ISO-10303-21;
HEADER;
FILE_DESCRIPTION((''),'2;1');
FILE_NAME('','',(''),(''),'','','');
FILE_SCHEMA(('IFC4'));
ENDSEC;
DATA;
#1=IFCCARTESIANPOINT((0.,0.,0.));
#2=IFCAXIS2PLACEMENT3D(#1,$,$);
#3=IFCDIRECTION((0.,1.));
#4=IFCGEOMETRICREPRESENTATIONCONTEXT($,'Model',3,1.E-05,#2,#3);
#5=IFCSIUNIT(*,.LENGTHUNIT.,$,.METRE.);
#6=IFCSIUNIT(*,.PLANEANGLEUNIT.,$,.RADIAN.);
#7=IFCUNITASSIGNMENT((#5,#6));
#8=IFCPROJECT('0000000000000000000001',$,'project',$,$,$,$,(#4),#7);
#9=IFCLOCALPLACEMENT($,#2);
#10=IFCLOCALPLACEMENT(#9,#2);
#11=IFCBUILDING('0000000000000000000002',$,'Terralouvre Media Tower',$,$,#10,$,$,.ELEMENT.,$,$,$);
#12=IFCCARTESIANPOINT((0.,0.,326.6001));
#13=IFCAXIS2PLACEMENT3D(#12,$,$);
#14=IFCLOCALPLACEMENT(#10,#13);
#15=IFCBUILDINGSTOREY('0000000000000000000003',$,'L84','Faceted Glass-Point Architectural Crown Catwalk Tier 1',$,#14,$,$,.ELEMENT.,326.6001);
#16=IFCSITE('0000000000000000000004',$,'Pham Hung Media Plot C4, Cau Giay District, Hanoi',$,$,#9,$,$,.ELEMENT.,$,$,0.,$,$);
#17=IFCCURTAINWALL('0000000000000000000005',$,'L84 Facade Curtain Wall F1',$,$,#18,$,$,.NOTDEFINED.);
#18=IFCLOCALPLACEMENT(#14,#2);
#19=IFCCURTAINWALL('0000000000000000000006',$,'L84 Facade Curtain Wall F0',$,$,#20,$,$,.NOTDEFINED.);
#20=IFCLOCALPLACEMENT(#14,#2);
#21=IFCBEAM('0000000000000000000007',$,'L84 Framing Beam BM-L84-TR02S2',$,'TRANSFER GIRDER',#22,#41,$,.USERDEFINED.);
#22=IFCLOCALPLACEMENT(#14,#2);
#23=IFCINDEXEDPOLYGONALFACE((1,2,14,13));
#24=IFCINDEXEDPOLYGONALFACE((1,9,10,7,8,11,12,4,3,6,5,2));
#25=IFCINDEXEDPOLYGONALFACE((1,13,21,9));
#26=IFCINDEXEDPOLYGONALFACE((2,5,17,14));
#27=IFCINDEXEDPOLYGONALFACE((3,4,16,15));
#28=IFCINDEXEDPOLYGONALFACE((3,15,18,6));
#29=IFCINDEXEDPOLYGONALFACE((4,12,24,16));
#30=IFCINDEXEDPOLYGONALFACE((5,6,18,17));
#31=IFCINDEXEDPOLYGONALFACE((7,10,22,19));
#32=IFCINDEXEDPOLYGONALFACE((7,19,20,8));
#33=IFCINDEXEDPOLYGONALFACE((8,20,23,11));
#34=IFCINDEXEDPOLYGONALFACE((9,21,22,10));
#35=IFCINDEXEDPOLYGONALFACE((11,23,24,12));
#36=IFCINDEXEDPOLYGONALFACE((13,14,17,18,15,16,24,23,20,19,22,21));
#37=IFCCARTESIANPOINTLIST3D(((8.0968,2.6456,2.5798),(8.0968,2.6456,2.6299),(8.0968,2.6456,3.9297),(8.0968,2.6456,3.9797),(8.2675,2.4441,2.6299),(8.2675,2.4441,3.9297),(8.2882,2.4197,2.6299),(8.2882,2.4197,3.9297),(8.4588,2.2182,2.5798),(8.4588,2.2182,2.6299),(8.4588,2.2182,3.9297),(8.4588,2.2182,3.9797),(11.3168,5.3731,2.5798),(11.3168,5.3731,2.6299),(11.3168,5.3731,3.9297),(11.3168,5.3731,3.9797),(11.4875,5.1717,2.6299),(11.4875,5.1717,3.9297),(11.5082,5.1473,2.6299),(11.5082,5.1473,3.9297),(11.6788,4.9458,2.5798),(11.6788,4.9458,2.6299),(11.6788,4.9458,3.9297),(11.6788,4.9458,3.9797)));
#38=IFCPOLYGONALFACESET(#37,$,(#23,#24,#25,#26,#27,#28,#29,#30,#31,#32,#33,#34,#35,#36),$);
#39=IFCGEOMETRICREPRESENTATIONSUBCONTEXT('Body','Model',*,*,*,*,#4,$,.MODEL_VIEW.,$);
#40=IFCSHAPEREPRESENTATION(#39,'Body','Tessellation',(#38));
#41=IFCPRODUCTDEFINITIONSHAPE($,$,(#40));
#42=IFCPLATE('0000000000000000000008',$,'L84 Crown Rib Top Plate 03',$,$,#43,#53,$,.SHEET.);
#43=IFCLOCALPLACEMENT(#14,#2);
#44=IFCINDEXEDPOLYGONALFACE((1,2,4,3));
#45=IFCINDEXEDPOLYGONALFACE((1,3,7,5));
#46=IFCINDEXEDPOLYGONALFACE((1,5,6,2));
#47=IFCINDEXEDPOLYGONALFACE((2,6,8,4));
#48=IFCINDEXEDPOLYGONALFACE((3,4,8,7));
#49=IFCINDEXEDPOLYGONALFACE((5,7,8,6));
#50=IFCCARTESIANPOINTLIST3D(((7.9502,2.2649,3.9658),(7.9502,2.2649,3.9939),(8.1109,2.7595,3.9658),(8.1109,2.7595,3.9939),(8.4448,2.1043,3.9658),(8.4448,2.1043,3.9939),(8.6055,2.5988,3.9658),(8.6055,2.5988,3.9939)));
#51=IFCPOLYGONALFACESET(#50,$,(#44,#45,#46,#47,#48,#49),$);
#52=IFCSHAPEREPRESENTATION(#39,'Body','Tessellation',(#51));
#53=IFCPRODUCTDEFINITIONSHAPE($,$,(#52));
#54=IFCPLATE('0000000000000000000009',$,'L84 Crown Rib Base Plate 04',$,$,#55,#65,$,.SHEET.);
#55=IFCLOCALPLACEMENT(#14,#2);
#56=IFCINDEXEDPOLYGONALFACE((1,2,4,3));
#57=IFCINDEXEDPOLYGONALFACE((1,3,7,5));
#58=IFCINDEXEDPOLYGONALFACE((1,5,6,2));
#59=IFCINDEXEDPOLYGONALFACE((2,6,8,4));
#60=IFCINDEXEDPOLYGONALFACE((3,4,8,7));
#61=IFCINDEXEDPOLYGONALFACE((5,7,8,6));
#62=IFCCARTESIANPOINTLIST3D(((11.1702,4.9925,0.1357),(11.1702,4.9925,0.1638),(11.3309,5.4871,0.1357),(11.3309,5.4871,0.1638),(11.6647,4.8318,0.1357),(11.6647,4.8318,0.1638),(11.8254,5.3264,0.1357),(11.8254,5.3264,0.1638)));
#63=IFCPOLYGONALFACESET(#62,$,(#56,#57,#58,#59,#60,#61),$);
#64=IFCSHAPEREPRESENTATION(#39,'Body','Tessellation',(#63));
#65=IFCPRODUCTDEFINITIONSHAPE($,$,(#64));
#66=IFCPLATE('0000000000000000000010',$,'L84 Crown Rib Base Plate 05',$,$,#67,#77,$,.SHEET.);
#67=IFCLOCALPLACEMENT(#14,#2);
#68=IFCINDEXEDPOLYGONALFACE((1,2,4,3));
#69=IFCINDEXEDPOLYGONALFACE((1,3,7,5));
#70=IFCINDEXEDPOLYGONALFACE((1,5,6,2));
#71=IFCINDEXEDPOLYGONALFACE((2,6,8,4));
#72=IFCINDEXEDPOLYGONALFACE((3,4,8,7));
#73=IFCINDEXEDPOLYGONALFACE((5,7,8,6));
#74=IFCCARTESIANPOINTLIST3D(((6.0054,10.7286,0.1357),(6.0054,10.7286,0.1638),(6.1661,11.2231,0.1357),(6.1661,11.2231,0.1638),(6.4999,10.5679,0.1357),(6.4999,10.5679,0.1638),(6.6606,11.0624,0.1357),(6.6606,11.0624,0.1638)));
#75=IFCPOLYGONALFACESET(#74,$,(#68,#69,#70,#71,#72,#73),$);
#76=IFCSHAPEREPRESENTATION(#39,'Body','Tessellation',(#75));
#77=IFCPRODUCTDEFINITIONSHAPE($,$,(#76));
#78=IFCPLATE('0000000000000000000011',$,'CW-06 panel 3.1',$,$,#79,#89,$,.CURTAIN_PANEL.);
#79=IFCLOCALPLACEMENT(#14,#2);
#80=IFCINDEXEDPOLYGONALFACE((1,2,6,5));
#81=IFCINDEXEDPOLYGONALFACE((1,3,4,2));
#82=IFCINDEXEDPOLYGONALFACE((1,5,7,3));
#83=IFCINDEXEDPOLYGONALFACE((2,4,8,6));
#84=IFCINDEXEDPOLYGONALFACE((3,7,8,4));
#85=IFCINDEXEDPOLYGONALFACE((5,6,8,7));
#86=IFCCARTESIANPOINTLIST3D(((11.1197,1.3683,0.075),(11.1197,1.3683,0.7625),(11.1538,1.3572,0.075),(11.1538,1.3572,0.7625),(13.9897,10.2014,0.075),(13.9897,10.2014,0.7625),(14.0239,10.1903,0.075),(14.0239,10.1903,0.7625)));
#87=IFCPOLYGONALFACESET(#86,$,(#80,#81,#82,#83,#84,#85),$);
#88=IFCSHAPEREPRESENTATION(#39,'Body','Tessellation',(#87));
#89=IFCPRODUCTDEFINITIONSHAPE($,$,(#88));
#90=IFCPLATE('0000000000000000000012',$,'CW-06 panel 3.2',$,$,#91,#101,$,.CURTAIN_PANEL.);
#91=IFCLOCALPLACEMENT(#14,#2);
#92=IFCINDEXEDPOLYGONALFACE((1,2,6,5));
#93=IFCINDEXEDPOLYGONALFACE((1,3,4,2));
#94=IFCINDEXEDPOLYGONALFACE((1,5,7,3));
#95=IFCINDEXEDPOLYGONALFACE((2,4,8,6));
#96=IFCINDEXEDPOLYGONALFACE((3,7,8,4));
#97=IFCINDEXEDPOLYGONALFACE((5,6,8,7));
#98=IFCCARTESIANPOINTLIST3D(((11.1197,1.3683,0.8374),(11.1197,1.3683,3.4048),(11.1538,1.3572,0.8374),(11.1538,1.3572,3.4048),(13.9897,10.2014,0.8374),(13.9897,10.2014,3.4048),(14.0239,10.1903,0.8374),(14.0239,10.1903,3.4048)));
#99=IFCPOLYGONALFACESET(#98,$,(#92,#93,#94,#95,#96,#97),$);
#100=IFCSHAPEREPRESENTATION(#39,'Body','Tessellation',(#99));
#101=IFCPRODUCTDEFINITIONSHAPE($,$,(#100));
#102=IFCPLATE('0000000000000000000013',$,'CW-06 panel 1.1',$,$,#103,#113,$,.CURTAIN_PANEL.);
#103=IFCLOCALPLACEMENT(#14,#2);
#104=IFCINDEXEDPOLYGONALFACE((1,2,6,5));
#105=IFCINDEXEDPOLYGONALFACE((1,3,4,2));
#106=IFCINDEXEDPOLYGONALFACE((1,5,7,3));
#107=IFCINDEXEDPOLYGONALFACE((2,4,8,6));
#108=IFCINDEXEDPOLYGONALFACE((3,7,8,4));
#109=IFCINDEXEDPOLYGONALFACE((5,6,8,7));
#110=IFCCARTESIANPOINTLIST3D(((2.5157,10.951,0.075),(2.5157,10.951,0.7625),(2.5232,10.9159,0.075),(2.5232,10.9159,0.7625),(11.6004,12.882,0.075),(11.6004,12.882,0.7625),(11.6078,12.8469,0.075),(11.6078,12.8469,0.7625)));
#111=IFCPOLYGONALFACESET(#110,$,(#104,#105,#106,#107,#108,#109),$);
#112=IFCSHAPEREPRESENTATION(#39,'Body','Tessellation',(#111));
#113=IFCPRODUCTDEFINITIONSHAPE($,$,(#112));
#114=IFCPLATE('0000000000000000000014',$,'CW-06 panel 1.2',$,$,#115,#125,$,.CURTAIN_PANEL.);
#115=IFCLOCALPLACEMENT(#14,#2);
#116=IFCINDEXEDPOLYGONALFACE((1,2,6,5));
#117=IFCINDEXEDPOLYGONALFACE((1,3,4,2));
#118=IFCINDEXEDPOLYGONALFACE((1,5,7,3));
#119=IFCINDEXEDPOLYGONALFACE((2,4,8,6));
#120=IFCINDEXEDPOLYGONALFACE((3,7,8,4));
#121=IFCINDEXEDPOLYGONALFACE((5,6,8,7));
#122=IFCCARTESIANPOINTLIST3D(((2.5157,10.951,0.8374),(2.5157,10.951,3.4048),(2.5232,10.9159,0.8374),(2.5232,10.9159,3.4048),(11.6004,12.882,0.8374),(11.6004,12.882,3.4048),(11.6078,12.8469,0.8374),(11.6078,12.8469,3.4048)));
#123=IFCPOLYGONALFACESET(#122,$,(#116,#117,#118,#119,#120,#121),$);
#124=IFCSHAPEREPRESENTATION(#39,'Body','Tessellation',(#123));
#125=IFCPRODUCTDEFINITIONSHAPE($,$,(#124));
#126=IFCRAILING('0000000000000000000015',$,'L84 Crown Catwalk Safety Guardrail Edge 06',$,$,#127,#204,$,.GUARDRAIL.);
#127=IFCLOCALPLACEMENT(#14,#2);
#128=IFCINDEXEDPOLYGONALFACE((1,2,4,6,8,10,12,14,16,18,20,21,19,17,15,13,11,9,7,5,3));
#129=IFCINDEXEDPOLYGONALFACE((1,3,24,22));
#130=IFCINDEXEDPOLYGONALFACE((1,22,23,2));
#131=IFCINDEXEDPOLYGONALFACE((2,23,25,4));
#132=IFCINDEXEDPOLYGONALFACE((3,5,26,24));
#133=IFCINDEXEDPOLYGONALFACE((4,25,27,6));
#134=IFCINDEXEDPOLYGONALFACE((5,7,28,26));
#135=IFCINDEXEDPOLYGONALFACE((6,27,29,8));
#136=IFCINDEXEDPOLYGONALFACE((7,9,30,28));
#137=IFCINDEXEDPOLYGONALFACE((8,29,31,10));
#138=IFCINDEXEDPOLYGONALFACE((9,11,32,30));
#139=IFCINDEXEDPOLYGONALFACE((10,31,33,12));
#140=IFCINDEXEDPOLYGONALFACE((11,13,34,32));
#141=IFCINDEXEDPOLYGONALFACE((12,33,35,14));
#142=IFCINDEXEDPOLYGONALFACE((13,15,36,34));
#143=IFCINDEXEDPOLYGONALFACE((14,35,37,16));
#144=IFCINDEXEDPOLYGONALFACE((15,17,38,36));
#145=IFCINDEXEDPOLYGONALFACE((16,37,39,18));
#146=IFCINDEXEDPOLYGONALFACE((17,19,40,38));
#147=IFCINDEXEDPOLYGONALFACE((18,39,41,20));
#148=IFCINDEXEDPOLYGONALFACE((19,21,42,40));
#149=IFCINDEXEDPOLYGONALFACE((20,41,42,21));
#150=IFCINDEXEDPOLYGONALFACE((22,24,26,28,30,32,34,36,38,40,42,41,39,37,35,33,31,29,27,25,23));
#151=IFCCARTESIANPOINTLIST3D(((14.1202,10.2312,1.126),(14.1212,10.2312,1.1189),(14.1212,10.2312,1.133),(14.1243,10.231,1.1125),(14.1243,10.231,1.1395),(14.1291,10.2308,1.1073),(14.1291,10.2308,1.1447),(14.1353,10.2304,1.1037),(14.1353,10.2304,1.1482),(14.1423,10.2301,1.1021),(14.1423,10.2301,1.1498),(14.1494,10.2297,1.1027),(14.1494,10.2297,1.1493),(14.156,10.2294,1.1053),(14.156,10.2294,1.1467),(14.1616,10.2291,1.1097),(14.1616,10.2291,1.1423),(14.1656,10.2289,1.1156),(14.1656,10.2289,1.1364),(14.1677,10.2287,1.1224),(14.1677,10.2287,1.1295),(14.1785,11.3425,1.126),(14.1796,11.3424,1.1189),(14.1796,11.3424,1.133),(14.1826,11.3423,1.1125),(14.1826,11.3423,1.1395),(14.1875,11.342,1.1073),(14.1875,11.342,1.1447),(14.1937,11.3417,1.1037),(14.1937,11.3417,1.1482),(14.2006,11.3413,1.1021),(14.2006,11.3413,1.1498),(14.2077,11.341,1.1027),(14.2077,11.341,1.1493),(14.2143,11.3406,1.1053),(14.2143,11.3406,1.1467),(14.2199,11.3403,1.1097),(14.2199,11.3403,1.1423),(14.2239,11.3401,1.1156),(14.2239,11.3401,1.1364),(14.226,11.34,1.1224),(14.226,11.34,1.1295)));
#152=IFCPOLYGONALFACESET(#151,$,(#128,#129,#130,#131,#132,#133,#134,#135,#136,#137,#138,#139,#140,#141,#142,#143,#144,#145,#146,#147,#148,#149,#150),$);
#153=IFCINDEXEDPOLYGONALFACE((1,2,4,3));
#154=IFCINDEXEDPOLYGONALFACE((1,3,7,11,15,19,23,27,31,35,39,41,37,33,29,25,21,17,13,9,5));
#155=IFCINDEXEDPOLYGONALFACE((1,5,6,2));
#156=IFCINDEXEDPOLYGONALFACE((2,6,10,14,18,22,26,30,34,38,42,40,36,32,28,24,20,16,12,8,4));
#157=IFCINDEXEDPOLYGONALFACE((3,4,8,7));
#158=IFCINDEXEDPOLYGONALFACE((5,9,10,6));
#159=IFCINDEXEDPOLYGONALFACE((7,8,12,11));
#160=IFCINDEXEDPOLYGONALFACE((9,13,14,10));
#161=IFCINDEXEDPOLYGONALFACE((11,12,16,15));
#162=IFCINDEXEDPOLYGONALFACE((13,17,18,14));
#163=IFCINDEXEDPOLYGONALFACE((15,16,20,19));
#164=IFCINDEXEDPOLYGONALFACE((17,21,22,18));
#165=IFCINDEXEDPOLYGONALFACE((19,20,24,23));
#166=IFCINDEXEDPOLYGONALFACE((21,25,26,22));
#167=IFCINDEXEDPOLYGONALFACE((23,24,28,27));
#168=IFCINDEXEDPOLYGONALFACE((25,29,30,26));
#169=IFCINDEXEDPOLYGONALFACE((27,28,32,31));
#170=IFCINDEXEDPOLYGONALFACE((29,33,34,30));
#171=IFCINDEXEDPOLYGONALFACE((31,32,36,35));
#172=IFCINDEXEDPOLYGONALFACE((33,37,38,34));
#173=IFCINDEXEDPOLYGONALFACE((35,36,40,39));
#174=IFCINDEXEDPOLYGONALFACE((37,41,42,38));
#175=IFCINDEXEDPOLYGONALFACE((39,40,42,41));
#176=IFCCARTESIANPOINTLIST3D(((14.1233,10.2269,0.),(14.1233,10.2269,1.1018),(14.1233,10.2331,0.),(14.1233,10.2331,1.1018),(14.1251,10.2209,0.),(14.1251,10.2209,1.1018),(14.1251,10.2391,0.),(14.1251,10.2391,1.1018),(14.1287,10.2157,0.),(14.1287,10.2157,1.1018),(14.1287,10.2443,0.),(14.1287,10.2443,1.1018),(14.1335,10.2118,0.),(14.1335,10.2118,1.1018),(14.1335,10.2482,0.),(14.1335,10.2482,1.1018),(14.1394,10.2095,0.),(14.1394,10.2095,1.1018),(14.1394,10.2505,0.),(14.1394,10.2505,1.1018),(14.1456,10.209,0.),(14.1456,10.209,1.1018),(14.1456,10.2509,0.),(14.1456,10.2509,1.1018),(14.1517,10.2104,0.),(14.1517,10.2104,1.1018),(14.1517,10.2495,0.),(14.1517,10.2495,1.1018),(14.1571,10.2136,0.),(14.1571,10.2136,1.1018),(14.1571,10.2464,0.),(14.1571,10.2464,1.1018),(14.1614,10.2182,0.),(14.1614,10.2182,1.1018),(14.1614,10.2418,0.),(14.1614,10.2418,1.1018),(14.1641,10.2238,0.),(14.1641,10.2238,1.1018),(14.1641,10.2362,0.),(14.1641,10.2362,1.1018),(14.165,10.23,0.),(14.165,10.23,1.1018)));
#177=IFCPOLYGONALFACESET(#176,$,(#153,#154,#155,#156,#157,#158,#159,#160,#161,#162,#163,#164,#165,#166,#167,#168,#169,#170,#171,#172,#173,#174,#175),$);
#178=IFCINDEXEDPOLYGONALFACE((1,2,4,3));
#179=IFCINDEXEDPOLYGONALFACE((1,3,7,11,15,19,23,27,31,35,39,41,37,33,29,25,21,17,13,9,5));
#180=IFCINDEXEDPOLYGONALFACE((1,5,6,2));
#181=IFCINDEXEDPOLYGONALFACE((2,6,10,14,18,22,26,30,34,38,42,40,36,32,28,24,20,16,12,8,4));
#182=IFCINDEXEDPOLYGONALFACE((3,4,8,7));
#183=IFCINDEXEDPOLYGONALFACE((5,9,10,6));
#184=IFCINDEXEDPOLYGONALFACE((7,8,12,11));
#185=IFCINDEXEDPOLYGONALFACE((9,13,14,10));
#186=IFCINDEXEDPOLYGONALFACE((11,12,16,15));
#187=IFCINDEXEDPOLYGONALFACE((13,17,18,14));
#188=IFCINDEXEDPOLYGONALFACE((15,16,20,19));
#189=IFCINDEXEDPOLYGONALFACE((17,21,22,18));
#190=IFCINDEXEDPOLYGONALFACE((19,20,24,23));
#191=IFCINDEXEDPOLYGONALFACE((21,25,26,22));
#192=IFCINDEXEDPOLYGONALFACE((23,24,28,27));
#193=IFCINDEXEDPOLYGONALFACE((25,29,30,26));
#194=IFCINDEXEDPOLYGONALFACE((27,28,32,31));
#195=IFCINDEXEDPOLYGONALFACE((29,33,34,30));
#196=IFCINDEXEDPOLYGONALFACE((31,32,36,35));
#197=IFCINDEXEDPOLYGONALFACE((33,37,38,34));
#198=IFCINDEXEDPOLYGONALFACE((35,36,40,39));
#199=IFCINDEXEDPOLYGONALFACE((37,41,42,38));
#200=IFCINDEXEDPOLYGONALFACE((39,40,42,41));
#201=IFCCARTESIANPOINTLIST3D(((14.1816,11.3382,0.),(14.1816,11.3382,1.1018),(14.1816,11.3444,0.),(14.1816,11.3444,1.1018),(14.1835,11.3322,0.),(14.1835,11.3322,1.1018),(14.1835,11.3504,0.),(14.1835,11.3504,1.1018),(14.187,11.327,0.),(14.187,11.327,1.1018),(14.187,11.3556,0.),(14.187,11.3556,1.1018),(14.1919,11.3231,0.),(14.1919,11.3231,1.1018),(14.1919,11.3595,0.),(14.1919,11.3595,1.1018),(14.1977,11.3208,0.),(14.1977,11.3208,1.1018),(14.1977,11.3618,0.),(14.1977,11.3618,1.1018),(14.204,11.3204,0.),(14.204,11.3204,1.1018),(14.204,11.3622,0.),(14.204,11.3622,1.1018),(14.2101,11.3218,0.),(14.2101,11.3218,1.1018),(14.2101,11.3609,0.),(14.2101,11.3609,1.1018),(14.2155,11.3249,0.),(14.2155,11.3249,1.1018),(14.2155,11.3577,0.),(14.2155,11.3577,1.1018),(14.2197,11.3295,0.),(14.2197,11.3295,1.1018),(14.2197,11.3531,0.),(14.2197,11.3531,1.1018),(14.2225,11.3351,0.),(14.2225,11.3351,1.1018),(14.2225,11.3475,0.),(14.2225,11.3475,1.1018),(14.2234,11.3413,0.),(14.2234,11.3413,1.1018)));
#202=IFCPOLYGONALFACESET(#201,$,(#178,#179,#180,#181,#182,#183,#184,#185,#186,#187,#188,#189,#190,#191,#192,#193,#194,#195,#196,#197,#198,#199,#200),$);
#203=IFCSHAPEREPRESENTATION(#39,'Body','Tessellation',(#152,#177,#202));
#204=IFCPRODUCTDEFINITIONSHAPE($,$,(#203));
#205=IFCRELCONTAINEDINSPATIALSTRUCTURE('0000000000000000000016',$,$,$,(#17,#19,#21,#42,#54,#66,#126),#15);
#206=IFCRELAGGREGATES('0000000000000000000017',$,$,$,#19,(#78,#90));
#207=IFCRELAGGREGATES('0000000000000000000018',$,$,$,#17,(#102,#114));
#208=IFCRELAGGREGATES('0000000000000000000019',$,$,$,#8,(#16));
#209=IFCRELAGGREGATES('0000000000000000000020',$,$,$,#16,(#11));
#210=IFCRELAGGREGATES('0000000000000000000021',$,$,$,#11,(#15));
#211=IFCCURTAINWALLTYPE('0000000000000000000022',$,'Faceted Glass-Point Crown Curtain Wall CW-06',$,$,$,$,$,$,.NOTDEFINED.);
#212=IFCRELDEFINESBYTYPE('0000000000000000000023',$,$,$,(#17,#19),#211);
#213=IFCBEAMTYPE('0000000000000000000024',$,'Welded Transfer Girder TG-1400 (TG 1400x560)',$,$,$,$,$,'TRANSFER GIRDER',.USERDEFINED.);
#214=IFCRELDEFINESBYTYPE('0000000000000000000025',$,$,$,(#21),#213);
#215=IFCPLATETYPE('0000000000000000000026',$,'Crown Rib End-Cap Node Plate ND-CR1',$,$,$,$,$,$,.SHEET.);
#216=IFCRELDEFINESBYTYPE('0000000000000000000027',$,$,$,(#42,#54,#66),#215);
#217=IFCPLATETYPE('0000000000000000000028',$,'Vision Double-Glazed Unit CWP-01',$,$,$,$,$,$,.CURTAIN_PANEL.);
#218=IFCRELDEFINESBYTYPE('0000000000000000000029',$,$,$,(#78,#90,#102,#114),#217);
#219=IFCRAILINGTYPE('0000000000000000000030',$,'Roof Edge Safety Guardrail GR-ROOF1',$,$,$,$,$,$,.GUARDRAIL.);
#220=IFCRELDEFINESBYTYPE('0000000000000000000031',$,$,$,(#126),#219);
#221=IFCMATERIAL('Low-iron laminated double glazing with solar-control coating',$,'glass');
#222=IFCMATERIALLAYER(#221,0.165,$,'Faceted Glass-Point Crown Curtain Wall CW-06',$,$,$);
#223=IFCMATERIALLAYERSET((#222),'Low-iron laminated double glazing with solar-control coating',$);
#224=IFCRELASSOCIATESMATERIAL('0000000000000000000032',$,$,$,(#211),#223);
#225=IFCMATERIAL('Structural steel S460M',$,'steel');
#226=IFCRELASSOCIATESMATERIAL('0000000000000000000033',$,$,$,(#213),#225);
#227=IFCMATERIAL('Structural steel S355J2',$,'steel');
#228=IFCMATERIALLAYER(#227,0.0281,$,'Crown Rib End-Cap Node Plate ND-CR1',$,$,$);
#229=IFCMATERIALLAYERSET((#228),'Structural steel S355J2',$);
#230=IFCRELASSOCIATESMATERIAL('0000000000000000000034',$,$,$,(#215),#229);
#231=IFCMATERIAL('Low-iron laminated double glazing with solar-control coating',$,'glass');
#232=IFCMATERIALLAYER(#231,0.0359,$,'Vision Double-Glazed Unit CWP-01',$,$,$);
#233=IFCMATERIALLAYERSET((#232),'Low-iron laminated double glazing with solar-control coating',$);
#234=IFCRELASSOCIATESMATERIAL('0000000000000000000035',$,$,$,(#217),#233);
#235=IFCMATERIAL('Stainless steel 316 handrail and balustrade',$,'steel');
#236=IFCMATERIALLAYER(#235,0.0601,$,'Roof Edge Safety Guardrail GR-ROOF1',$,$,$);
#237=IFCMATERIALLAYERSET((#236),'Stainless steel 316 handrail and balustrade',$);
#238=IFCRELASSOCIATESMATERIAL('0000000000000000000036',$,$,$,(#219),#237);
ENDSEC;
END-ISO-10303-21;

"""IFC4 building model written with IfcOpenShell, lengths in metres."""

from ifc_helpers import new_model, si_unit, direction, frame, origin, origin_2d, place, context, subcontext, project, spatial, rectangle, circle, i_section, extrude, material, layer, layer_set, material_profile, profile_set, type_object, element, aggregate, save


model = new_model("IFC4")

# Units and contexts
model_context = context("Model", 3, precision=1e-05, world=origin(), true_north=direction((0.0, 1.0)))
body_context = subcontext(model_context, "Body", "Model", "MODEL_VIEW")
ifc_project = project(units=[si_unit("LENGTHUNIT", "METRE"), si_unit("PLANEANGLEUNIT", "RADIAN")], contexts=[model_context])

# Site, building, storey
site_placement = place(None, origin())
site = spatial("IfcSite", under=ifc_project, at=site_placement, Name="Pham Hung Media Plot C4, Cau Giay District, Hanoi", CompositionType="ELEMENT", RefElevation=0.0)
building_placement = place(site_placement, origin())
building = spatial("IfcBuilding", under=site, at=building_placement, Name="Terralouvre Media Tower", CompositionType="ELEMENT")
storey_placement = place(building_placement, frame((0.0, 0.0, 326.6001)))
storey = spatial("IfcBuildingStorey", under=building, at=storey_placement, Name="L84", Description="Faceted Glass-Point Architectural Crown Catwalk Tier 1", CompositionType="ELEMENT", Elevation=326.6001)

# Curtain wall
ifc_material_1 = material(Name="Low-iron laminated double glazing with solar-control coating", Category="glass")
ifc_layer_1 = layer(ifc_material_1, 0.165, Name="Faceted Glass-Point Crown Curtain Wall CW-06")
ifc_layer_set_1 = layer_set([ifc_layer_1], Name="Low-iron laminated double glazing with solar-control coating")
curtain_wall_type = type_object("IfcCurtainWallType", Name="Faceted Glass-Point Crown Curtain Wall CW-06", PredefinedType="NOTDEFINED", material=ifc_layer_set_1)
curtain_wall_1_placement = place(storey_placement, origin())
curtain_wall_1 = element("IfcCurtainWall", 1, at=curtain_wall_1_placement, inside=storey, type_object=curtain_wall_type, Name="L84 Facade Curtain Wall F1", PredefinedType="NOTDEFINED")

# Curtain wall
curtain_wall_2_placement = place(storey_placement, origin())
curtain_wall_2 = element("IfcCurtainWall", 2, at=curtain_wall_2_placement, inside=storey, type_object=curtain_wall_type, Name="L84 Facade Curtain Wall F0", PredefinedType="NOTDEFINED")

# Beam
ifc_material_2 = material(Name="Structural steel S460M", Category="steel")
ifc_material_profile_1 = material_profile(ifc_material_2, i_section(OverallWidth=0.5601, OverallDepth=1.3999, WebThickness=0.032, FlangeThickness=0.05, at=origin_2d()), Name="TG 1400x560")
ifc_profile_set_1 = profile_set([ifc_material_profile_1], Name="Structural steel S460M")
beam_type = type_object("IfcBeamType", Name="Welded Transfer Girder TG-1400 (TG 1400x560)", ElementType="TRANSFER GIRDER", PredefinedType="USERDEFINED", material=ifc_profile_set_1)
beam_1_placement = place(storey_placement, frame((8.2778, 2.4319, 3.2798), z_axis=(0.763042, 0.646349, 0.0), x_axis=(-0.646349, 0.763042, 0.0)))
element("IfcBeam", 3, at=beam_1_placement, inside=storey, type_object=beam_type, Name="L84 Framing Beam BM-L84-TR02S2", ObjectType="TRANSFER GIRDER", PredefinedType="USERDEFINED", context=body_context, shape_type="SweptSolid", body=[
    extrude(i_section(OverallWidth=0.5601, OverallDepth=1.3999, WebThickness=0.032, FlangeThickness=0.05, at=origin_2d()), origin(), (0.0, 0.0, 1.0), 4.22),
])

# Plates
ifc_material_3 = material(Name="Structural steel S355J2", Category="steel")
ifc_layer_2 = layer(ifc_material_3, 0.0281, Name="Crown Rib End-Cap Node Plate ND-CR1")
ifc_layer_set_2 = layer_set([ifc_layer_2], Name="Structural steel S355J2")
plate_type_1 = type_object("IfcPlateType", Name="Crown Rib End-Cap Node Plate ND-CR1", PredefinedType="SHEET", material=ifc_layer_set_2)
for number, where, z_axis, x_axis, name in (
    (4, (8.2778, 2.4319, 3.9658), (0.0, 0.0, 1.0), (0.309017, 0.951057, 0.0), "L84 Crown Rib Top Plate 03"),
    (5, (11.4978, 5.1594, 0.1357), (0.0, 0.0, 1.0), (0.309017, 0.951057, 0.0), "L84 Crown Rib Base Plate 04"),
    (6, (6.333, 10.8955, 0.1357), (0.0, 0.0, 1.0), (0.309017, 0.951057, 0.0), "L84 Crown Rib Base Plate 05"),
):
    element("IfcPlate", number, at=place(storey_placement, frame(where, z_axis=z_axis, x_axis=x_axis)), inside=storey, type_object=plate_type_1, Name=name, PredefinedType="SHEET", context=body_context, shape_type="SweptSolid", body=[
        extrude(rectangle(XDim=0.52, YDim=0.52, at=origin_2d()), origin(), (0.0, 0.0, 1.0), 0.0281),
    ])

# Plates
ifc_material_4 = material(Name="Low-iron laminated double glazing with solar-control coating", Category="glass")
ifc_layer_3 = layer(ifc_material_4, 0.0359, Name="Vision Double-Glazed Unit CWP-01")
ifc_layer_set_3 = layer_set([ifc_layer_3], Name="Low-iron laminated double glazing with solar-control coating")
plate_type_2 = type_object("IfcPlateType", Name="Vision Double-Glazed Unit CWP-01", PredefinedType="CURTAIN_PANEL", material=ifc_layer_set_3)
plate_1_placement = place(storey_placement, frame((12.5718, 5.7793, 0.075), z_axis=(0.0, 0.0, 1.0), x_axis=(0.309017, 0.951057, 0.0)))
plate_1 = element("IfcPlate", 7, at=plate_1_placement, type_object=plate_type_2, Name="CW-06 panel 3.1", PredefinedType="CURTAIN_PANEL", context=body_context, shape_type="SweptSolid", body=[
    extrude(rectangle(XDim=9.2876, YDim=0.0359, at=origin_2d()), origin(), (0.0, 0.0, 1.0), 0.6875),
])
plate_2_placement = place(storey_placement, frame((12.5718, 5.7793, 0.8374), z_axis=(0.0, 0.0, 1.0), x_axis=(0.309017, 0.951057, 0.0)))
plate_2 = element("IfcPlate", 8, at=plate_2_placement, type_object=plate_type_2, Name="CW-06 panel 3.2", PredefinedType="CURTAIN_PANEL", context=body_context, shape_type="SweptSolid", body=[
    extrude(rectangle(XDim=9.2876, YDim=0.0359, at=origin_2d()), origin(), (0.0, 0.0, 1.0), 2.5674),
])
aggregate(curtain_wall_2, [plate_1, plate_2])
plate_3_placement = place(storey_placement, frame((7.0618, 11.8989, 0.075), z_axis=(0.0, 0.0, 1.0), x_axis=(-0.978148, -0.207912, 0.0)))
plate_3 = element("IfcPlate", 9, at=plate_3_placement, type_object=plate_type_2, Name="CW-06 panel 1.1", PredefinedType="CURTAIN_PANEL", context=body_context, shape_type="SweptSolid", body=[
    extrude(rectangle(XDim=9.2876, YDim=0.0359, at=origin_2d()), origin(), (0.0, 0.0, 1.0), 0.6875),
])
plate_4_placement = place(storey_placement, frame((7.0618, 11.8989, 0.8374), z_axis=(0.0, 0.0, 1.0), x_axis=(-0.978148, -0.207912, 0.0)))
plate_4 = element("IfcPlate", 10, at=plate_4_placement, type_object=plate_type_2, Name="CW-06 panel 1.2", PredefinedType="CURTAIN_PANEL", context=body_context, shape_type="SweptSolid", body=[
    extrude(rectangle(XDim=9.2876, YDim=0.0359, at=origin_2d()), origin(), (0.0, 0.0, 1.0), 2.5674),
])
aggregate(curtain_wall_1, [plate_3, plate_4])

# Railing
ifc_material_5 = material(Name="Stainless steel 316 handrail and balustrade", Category="steel")
ifc_layer_4 = layer(ifc_material_5, 0.0601, Name="Roof Edge Safety Guardrail GR-ROOF1")
ifc_layer_set_4 = layer_set([ifc_layer_4], Name="Stainless steel 316 handrail and balustrade")
railing_type = type_object("IfcRailingType", Name="Roof Edge Safety Guardrail GR-ROOF1", PredefinedType="GUARDRAIL", material=ifc_layer_set_4)
railing_1_placement = place(storey_placement, frame((14.144, 10.23, 0.0)))
element("IfcRailing", 11, at=railing_1_placement, inside=storey, type_object=railing_type, Name="L84 Crown Catwalk Safety Guardrail Edge 06", PredefinedType="GUARDRAIL", context=body_context, shape_type="SweptSolid", body=[
    extrude(circle(Radius=0.0239, at=origin_2d()), frame((0.0, 0.0, 1.126), z_axis=(0.052432, 0.998624, 0.0), x_axis=(-0.998624, 0.052432, 0.0)), (0.0, 0.0, 1.0), 1.1128),
    extrude(circle(Radius=0.021, at=origin_2d()), origin(), (0.0, 0.0, 1.0), 1.1018),
    extrude(circle(Radius=0.021, at=origin_2d()), frame((0.0583, 1.1113, 0.0)), (0.0, 0.0, 1.0), 1.1018),
])

save(model, "model.ifc")
